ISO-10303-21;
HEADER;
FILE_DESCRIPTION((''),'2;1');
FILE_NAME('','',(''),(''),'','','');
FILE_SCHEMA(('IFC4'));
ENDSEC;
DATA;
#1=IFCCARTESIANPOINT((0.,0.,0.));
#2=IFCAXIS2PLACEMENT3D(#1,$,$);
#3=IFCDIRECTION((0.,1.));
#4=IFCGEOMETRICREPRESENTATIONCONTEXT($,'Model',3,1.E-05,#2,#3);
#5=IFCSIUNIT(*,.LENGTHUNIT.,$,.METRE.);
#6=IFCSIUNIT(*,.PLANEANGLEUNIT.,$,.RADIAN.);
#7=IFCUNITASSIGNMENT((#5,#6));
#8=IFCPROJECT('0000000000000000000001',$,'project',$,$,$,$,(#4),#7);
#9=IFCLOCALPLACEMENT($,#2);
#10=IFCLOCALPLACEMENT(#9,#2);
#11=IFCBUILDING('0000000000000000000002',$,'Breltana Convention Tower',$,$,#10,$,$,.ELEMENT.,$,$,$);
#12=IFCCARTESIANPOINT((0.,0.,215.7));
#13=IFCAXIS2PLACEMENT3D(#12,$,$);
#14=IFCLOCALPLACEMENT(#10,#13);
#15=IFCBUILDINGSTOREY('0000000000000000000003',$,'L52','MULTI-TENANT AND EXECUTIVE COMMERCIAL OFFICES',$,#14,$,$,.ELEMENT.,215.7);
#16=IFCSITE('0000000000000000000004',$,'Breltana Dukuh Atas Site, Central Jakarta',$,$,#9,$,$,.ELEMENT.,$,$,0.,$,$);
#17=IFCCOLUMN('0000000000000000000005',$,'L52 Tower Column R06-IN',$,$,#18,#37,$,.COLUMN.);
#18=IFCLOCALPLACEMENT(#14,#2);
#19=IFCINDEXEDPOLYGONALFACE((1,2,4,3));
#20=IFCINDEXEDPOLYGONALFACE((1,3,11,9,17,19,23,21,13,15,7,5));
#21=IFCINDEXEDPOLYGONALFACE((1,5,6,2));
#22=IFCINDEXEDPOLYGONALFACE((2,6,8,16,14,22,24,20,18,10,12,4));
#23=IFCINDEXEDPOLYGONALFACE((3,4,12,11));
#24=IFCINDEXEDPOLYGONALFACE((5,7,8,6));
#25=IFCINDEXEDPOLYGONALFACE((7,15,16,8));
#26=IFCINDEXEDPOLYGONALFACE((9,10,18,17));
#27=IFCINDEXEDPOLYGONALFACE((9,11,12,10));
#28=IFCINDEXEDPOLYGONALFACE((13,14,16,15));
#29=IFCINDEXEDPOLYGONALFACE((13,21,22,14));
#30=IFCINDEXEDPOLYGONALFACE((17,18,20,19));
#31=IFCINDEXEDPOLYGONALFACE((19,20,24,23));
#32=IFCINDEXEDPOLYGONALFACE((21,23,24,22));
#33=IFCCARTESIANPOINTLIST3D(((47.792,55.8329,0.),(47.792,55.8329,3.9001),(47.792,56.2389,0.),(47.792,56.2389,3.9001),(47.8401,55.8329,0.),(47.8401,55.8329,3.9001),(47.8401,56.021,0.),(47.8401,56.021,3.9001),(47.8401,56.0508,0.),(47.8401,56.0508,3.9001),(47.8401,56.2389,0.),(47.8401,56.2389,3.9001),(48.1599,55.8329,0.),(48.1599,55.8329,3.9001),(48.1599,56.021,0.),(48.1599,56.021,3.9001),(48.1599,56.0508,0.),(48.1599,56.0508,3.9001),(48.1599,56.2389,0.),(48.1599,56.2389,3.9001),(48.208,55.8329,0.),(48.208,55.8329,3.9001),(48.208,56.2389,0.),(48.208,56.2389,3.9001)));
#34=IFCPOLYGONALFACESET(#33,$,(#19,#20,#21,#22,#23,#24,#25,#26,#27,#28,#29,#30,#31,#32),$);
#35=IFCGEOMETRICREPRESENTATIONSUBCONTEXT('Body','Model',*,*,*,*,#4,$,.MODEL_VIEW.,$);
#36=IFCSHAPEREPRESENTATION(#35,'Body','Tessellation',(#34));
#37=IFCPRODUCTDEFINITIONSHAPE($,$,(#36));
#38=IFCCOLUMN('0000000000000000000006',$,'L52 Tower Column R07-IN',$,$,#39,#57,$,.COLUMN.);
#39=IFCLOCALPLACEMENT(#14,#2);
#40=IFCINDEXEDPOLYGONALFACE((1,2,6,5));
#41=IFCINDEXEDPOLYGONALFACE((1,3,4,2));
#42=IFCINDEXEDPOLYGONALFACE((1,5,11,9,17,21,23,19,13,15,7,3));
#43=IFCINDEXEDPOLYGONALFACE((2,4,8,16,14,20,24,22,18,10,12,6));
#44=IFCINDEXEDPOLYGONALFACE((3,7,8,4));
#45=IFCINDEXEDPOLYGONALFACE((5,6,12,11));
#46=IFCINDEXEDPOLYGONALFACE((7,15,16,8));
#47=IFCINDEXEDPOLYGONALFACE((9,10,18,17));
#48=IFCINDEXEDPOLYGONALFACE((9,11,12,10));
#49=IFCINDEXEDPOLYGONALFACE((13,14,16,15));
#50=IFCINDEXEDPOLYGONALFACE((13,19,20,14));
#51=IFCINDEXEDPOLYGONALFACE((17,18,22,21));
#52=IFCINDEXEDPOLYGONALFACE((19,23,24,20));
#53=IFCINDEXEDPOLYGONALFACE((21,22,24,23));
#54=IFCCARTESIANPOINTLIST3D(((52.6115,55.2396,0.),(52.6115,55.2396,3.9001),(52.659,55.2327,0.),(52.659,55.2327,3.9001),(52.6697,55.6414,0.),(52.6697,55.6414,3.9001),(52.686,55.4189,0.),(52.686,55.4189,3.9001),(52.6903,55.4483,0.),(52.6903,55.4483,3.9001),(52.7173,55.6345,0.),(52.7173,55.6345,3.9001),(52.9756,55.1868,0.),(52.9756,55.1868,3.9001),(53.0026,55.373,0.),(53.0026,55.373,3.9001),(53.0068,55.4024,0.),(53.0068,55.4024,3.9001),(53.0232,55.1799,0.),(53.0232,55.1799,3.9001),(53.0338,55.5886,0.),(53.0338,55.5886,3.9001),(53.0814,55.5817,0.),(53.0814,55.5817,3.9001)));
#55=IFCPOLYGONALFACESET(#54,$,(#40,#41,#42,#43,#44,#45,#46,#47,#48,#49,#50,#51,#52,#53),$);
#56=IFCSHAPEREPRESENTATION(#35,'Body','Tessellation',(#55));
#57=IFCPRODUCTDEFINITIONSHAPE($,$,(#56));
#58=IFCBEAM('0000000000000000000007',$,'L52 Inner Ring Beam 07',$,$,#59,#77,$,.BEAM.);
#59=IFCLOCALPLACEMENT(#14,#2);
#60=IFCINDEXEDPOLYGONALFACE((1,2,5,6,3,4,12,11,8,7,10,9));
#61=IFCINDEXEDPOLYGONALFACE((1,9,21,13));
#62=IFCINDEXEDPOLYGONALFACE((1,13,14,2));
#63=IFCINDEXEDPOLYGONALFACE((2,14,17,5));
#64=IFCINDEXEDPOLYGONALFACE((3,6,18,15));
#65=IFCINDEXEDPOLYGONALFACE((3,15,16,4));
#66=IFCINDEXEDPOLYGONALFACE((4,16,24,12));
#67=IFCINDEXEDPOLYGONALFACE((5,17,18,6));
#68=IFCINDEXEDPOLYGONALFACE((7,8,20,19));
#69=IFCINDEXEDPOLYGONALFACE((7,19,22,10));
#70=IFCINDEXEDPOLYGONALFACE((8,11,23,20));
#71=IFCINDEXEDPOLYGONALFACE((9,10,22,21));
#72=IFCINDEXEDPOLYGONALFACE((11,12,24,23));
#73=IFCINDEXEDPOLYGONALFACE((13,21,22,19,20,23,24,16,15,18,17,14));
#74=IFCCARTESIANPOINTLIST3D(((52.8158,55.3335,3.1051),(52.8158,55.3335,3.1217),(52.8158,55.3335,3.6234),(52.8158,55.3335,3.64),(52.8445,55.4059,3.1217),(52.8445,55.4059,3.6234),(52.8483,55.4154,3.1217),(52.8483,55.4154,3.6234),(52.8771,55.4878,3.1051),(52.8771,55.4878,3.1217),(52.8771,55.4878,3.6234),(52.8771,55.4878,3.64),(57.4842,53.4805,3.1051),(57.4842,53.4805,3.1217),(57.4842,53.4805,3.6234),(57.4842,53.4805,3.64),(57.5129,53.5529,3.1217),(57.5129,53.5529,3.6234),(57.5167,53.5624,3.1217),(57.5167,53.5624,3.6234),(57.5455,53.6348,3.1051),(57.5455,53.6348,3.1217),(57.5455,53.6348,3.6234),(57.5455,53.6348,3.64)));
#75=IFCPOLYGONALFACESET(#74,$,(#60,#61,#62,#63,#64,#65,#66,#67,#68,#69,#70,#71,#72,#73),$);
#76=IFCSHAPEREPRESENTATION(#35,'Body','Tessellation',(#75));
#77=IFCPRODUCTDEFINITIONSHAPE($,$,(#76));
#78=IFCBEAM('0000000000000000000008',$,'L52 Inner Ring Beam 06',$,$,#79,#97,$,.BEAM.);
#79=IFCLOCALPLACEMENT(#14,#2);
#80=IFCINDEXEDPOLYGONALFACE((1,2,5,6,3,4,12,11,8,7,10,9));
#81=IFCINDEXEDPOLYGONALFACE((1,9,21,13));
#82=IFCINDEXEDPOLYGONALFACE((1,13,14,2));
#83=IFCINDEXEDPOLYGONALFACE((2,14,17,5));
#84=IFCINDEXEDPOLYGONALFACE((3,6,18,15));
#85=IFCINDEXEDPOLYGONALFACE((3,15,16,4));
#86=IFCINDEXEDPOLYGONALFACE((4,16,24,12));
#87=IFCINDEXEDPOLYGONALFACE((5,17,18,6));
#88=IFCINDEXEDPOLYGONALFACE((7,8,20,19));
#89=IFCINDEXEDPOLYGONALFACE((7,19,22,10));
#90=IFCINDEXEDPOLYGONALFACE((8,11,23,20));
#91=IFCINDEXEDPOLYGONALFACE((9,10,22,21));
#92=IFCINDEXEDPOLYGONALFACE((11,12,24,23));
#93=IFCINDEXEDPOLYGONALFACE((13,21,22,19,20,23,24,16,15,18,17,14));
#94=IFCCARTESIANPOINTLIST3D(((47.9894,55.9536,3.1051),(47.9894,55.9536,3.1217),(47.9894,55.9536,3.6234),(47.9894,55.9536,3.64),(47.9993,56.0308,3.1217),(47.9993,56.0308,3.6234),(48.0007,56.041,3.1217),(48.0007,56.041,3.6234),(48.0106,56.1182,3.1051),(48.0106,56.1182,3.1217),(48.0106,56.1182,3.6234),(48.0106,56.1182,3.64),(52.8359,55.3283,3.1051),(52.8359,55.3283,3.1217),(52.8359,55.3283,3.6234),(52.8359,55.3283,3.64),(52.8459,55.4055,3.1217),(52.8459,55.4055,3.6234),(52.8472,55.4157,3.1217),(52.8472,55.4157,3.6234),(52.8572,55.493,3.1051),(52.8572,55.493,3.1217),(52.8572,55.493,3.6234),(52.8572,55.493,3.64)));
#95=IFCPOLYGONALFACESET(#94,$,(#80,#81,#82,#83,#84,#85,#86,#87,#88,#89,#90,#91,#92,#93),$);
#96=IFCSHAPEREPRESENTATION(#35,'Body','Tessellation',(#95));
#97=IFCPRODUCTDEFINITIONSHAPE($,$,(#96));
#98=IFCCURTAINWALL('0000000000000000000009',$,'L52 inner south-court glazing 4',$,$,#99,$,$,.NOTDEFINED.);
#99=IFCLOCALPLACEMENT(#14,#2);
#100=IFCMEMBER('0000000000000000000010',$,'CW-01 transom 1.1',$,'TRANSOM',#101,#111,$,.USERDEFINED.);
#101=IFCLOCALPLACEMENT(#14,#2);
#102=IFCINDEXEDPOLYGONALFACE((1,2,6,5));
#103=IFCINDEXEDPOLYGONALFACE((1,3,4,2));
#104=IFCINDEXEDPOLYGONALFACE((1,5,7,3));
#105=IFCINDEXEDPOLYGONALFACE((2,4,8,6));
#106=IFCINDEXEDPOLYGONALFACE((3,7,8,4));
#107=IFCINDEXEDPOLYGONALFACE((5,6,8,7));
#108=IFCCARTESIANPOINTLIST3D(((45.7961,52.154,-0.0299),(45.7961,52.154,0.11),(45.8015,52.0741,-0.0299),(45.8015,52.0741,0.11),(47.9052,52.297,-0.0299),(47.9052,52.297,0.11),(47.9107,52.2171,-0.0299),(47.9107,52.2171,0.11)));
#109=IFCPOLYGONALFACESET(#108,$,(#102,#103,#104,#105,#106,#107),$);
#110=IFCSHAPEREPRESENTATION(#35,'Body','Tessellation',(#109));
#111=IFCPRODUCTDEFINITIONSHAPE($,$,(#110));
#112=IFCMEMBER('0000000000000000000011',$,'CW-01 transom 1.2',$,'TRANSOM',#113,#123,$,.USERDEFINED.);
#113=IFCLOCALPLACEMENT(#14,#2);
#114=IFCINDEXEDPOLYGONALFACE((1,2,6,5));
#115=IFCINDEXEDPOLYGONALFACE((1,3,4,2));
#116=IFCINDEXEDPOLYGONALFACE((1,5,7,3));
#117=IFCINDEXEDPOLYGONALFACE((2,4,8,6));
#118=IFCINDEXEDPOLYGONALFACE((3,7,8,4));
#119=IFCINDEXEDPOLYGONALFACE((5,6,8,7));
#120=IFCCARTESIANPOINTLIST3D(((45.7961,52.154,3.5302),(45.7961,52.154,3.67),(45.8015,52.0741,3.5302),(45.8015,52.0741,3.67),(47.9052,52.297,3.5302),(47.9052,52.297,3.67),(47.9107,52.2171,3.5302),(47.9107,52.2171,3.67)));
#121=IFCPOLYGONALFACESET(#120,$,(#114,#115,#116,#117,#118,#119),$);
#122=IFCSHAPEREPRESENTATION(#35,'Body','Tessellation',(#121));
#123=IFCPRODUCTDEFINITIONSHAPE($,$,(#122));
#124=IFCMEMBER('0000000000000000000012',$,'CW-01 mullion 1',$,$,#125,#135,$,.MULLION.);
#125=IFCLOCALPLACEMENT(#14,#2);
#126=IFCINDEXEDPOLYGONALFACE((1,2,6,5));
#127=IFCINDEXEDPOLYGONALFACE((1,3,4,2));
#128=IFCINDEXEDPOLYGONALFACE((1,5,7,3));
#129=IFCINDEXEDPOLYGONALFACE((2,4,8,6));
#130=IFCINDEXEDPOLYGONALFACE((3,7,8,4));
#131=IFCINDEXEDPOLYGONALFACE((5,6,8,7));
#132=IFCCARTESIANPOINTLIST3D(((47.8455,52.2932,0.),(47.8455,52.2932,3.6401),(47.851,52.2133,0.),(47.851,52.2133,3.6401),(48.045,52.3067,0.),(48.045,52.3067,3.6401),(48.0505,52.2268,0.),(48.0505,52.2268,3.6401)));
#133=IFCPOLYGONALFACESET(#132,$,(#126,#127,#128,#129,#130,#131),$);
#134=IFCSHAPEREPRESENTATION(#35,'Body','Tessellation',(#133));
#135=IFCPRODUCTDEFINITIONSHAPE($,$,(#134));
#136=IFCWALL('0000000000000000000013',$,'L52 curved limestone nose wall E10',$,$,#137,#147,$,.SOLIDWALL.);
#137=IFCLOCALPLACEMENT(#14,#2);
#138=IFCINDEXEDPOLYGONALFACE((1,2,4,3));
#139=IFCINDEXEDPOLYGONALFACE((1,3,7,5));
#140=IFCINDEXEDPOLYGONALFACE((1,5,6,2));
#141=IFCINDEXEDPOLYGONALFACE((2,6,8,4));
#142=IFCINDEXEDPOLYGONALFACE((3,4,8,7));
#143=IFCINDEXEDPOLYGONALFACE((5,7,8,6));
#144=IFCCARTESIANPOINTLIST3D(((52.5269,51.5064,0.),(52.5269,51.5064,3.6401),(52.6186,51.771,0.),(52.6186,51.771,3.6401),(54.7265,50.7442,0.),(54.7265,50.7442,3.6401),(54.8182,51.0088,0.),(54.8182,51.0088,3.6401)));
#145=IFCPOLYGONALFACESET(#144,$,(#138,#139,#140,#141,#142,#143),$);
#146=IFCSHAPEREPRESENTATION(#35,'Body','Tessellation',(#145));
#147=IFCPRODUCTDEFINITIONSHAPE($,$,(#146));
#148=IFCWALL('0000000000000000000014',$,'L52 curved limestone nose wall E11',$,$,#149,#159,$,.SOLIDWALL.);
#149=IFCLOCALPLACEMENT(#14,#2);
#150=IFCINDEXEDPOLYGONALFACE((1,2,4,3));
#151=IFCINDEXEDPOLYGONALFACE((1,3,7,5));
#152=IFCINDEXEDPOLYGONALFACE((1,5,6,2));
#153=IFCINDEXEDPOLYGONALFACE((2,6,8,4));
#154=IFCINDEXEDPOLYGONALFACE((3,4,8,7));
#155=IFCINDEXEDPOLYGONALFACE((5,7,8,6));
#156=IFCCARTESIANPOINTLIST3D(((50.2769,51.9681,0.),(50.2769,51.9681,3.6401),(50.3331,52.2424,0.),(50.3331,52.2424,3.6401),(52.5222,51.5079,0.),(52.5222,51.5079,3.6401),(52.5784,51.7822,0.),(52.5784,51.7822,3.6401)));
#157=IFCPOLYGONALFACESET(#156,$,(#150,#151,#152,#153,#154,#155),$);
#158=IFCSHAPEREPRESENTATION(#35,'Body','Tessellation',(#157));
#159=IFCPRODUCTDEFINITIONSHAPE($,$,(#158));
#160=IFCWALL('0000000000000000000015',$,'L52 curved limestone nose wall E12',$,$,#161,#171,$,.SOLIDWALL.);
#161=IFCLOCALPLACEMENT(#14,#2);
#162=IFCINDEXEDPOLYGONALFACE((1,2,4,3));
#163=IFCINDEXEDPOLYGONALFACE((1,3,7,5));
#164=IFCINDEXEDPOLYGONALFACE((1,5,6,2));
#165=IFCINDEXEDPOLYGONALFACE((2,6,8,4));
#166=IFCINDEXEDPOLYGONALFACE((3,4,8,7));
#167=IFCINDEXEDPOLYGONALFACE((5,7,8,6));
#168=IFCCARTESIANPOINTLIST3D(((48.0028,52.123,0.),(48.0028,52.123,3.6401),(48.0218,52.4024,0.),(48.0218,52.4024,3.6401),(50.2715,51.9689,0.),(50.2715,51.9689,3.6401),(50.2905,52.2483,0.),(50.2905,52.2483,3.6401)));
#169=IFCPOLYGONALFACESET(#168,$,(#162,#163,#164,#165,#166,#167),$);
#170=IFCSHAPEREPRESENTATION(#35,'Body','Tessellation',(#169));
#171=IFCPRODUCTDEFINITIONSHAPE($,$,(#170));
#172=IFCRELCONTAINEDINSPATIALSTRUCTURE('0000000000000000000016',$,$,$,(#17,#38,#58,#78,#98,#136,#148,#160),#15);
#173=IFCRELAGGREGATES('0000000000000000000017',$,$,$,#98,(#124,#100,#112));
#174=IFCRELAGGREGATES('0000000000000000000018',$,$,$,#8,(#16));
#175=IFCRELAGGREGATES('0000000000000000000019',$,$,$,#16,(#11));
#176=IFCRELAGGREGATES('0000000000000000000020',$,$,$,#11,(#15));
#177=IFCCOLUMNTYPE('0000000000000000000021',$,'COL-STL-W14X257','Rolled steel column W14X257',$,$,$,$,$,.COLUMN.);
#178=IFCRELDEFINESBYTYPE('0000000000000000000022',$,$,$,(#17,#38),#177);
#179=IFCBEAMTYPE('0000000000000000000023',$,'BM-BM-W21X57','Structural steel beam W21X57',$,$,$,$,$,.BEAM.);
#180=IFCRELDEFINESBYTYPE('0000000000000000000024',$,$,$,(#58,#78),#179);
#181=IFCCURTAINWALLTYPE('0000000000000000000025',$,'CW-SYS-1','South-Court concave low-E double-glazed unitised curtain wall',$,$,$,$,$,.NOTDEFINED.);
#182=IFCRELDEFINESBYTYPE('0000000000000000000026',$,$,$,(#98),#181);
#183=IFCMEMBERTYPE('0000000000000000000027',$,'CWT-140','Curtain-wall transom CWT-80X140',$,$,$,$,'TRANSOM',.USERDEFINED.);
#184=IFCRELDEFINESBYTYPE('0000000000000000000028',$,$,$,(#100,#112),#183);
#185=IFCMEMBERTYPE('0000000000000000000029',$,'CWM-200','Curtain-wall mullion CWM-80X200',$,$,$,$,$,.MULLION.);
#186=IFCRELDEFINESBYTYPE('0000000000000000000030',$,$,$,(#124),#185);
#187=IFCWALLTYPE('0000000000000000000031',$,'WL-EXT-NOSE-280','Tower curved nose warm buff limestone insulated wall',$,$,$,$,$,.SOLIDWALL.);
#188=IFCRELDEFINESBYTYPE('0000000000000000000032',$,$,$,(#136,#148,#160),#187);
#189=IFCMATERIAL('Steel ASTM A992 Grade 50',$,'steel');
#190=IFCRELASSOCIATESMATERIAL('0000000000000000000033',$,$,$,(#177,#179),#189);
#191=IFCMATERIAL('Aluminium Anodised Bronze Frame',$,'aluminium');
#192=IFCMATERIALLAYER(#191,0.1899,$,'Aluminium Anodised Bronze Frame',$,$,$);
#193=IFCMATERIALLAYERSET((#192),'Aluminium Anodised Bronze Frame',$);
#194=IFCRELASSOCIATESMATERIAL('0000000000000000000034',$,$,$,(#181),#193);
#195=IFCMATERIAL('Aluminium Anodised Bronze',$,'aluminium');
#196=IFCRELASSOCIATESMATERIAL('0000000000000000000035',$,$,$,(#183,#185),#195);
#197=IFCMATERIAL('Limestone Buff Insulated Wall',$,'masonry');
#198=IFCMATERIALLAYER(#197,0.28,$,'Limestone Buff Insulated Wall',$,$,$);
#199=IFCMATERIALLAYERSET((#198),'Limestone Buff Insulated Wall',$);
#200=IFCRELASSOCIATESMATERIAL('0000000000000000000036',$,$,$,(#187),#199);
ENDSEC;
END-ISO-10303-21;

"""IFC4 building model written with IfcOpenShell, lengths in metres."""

from ifc_helpers import new_model, si_unit, direction, frame, frame_2d, origin, origin_2d, place, context, subcontext, project, spatial, rectangle, i_section, extrude, source, transform, mapped, material, layer, layer_set, material_profile, profile_set, type_object, element, aggregate, save


model = new_model("IFC4")

# Units and contexts
model_context = context("Model", 3, precision=1e-05, world=origin(), true_north=direction((0.0, 1.0)))
body_context = subcontext(model_context, "Body", "Model", "MODEL_VIEW")
ifc_project = project(units=[si_unit("LENGTHUNIT", "METRE"), si_unit("PLANEANGLEUNIT", "RADIAN")], contexts=[model_context])

# Site, building, storey
site_placement = place(None, origin())
site = spatial("IfcSite", under=ifc_project, at=site_placement, Name="Breltana Dukuh Atas Site, Central Jakarta", CompositionType="ELEMENT", RefElevation=0.0)
building_placement = place(site_placement, origin())
building = spatial("IfcBuilding", under=site, at=building_placement, Name="Breltana Convention Tower", CompositionType="ELEMENT")
storey_placement = place(building_placement, frame((0.0, 0.0, 215.7)))
storey = spatial("IfcBuildingStorey", under=building, at=storey_placement, Name="L52", Description="MULTI-TENANT AND EXECUTIVE COMMERCIAL OFFICES", CompositionType="ELEMENT", Elevation=215.7)

# Columns
ifc_material_1 = material(Name="Steel ASTM A992 Grade 50", Category="steel")
ifc_material_profile_1 = material_profile(ifc_material_1, i_section(OverallWidth=0.406, OverallDepth=0.416, WebThickness=0.0298, FlangeThickness=0.0481, at=origin_2d()), Name="W14X257")
ifc_profile_set_1 = profile_set([ifc_material_profile_1], Name="Steel ASTM A992 Grade 50")
column_type = type_object("IfcColumnType", Name="COL-STL-W14X257", Description="Rolled steel column W14X257", PredefinedType="COLUMN", material=ifc_profile_set_1)
shared_shape_1 = source(origin(), body_context, "Body", "SweptSolid", [
    extrude(i_section(OverallWidth=0.406, OverallDepth=0.416, WebThickness=0.0298, FlangeThickness=0.0481, at=origin_2d()), origin(), (0.0, 0.0, 1.0), 3.9001),
])
for number, where, z_axis, x_axis, name in (
    (1, (48.0, 56.0359, 0.0), (0.0, 0.0, 1.0), (0.0, 1.0, 0.0), "L52 Tower Column R06-IN"),
    (2, (52.8464, 55.4106, 0.0), (0.0, 0.0, 1.0), (0.143493, 0.989651, 0.0), "L52 Tower Column R07-IN"),
):
    element("IfcColumn", number, at=place(storey_placement, frame(where, z_axis=z_axis, x_axis=x_axis)), inside=storey, type_object=column_type, Name=name, PredefinedType="COLUMN", context=body_context, shape_type="MappedRepresentation", body=[
        mapped(shared_shape_1, transform((0.0, 0.0, 0.0), scale=1.0)),
    ])

# Beams
ifc_material_profile_2 = material_profile(ifc_material_1, i_section(OverallWidth=0.166, OverallDepth=0.5349, WebThickness=0.0103, FlangeThickness=0.0166, at=origin_2d()), Name="W21X57")
ifc_profile_set_2 = profile_set([ifc_material_profile_2], Name="Steel ASTM A992 Grade 50")
beam_type = type_object("IfcBeamType", Name="BM-BM-W21X57", Description="Structural steel beam W21X57", PredefinedType="BEAM", material=ifc_profile_set_2)
shared_shape_2 = source(origin(), body_context, "Body", "SweptSolid", [
    extrude(i_section(OverallWidth=0.166, OverallDepth=0.5349, WebThickness=0.0103, FlangeThickness=0.0166, at=origin_2d()), origin(), (0.0, 0.0, 1.0), 5.0227),
])
beam_1_placement = place(storey_placement, frame((52.8464, 55.4106, 3.3726), z_axis=(0.929459, -0.368926, 0.0), x_axis=(0.368926, 0.929459, 0.0)))
element("IfcBeam", 3, at=beam_1_placement, inside=storey, type_object=beam_type, Name="L52 Inner Ring Beam 07", PredefinedType="BEAM", context=body_context, shape_type="MappedRepresentation", body=[
    mapped(shared_shape_2, transform((0.0, 0.0, 0.0), scale=1.0)),
])
shared_shape_3 = source(origin(), body_context, "Body", "SweptSolid", [
    extrude(i_section(OverallWidth=0.166, OverallDepth=0.5349, WebThickness=0.0103, FlangeThickness=0.0166, at=origin_2d()), origin(), (0.0, 0.0, 1.0), 4.8867),
])
beam_2_placement = place(storey_placement, frame((48.0, 56.0359, 3.3726), z_axis=(0.991781, -0.127951, 0.0), x_axis=(0.127951, 0.991781, 0.0)))
element("IfcBeam", 4, at=beam_2_placement, inside=storey, type_object=beam_type, Name="L52 Inner Ring Beam 06", PredefinedType="BEAM", context=body_context, shape_type="MappedRepresentation", body=[
    mapped(shared_shape_3, transform((0.0, 0.0, 0.0), scale=1.0)),
])

# Curtain wall, members
ifc_material_2 = material(Name="Aluminium Anodised Bronze Frame", Category="aluminium")
ifc_layer_1 = layer(ifc_material_2, 0.1899, Name="Aluminium Anodised Bronze Frame")
ifc_layer_set_1 = layer_set([ifc_layer_1], Name="Aluminium Anodised Bronze Frame")
curtain_wall_type = type_object("IfcCurtainWallType", Name="CW-SYS-1", Description="South-Court concave low-E double-glazed unitised curtain wall", PredefinedType="NOTDEFINED", material=ifc_layer_set_1)
curtain_wall_placement = place(storey_placement, origin())
curtain_wall = element("IfcCurtainWall", 5, at=curtain_wall_placement, inside=storey, type_object=curtain_wall_type, Name="L52 inner south-court glazing 4", PredefinedType="NOTDEFINED")
ifc_material_3 = material(Name="Aluminium Anodised Bronze", Category="aluminium")
ifc_material_profile_3 = material_profile(ifc_material_3, rectangle(XDim=0.0801, YDim=0.1399, at=origin_2d()), Name="CWT-80X140")
ifc_profile_set_3 = profile_set([ifc_material_profile_3], Name="Aluminium Anodised Bronze")
member_type_1 = type_object("IfcMemberType", Name="CWT-140", Description="Curtain-wall transom CWT-80X140", ElementType="TRANSOM", PredefinedType="USERDEFINED", material=ifc_profile_set_3)
shared_shape_4 = source(origin(), body_context, "Body", "SweptSolid", [
    extrude(rectangle(XDim=0.0801, YDim=0.1399, at=origin_2d()), origin(), (0.0, 0.0, 1.0), 2.114),
])
member_1_placement = place(storey_placement, frame((47.908, 52.2571, 0.04), z_axis=(-0.997707, -0.067676, 0.0), x_axis=(0.067676, -0.997707, 0.0)))
member_1 = element("IfcMember", 6, at=member_1_placement, type_object=member_type_1, Name="CW-01 transom 1.1", ObjectType="TRANSOM", PredefinedType="USERDEFINED", context=body_context, shape_type="MappedRepresentation", body=[
    mapped(shared_shape_4, transform((0.0, 0.0, 0.0), scale=1.0)),
])
member_2_placement = place(storey_placement, frame((47.908, 52.2571, 3.6001), z_axis=(-0.997707, -0.067676, 0.0), x_axis=(0.067676, -0.997707, 0.0)))
member_2 = element("IfcMember", 7, at=member_2_placement, type_object=member_type_1, Name="CW-01 transom 1.2", ObjectType="TRANSOM", PredefinedType="USERDEFINED", context=body_context, shape_type="MappedRepresentation", body=[
    mapped(shared_shape_4, transform((0.0, 0.0, 0.0), scale=1.0)),
])
ifc_material_profile_4 = material_profile(ifc_material_3, rectangle(XDim=0.0801, YDim=0.2, at=origin_2d()), Name="CWM-80X200")
ifc_profile_set_4 = profile_set([ifc_material_profile_4], Name="Aluminium Anodised Bronze")
member_type_2 = type_object("IfcMemberType", Name="CWM-200", Description="Curtain-wall mullion CWM-80X200", PredefinedType="MULLION", material=ifc_profile_set_4)
shared_shape_5 = source(origin(), body_context, "Body", "SweptSolid", [
    extrude(rectangle(XDim=0.0801, YDim=0.2, at=origin_2d()), origin(), (0.0, 0.0, 1.0), 3.6401),
])
member_3_placement = place(storey_placement, frame((47.948, 52.26, 0.0), z_axis=(0.0, 0.0, 1.0), x_axis=(0.067724, -0.997704, 0.0)))
member_3 = element("IfcMember", 8, at=member_3_placement, type_object=member_type_2, Name="CW-01 mullion 1", PredefinedType="MULLION", context=body_context, shape_type="MappedRepresentation", body=[
    mapped(shared_shape_5, transform((0.0, 0.0, 0.0), scale=1.0)),
])
aggregate(curtain_wall, [member_3, member_1, member_2])

# Walls
ifc_material_4 = material(Name="Limestone Buff Insulated Wall", Category="masonry")
ifc_layer_2 = layer(ifc_material_4, 0.28, Name="Limestone Buff Insulated Wall")
ifc_layer_set_2 = layer_set([ifc_layer_2], Name="Limestone Buff Insulated Wall")
wall_type_1 = type_object("IfcWallType", Name="WL-EXT-NOSE-280", Description="Tower curved nose warm buff limestone insulated wall", PredefinedType="SOLIDWALL", material=ifc_layer_set_2)
shared_shape_6 = source(origin(), body_context, "Body", "SweptSolid", [
    extrude(rectangle(XDim=2.3279, YDim=0.28, at=frame_2d((1.1641, 0.0))), origin(), (0.0, 0.0, 1.0), 3.6401),
])
wall_1_placement = place(storey_placement, frame((54.7725, 50.8765, 0.0), z_axis=(0.0, 0.0, 1.0), x_axis=(-0.944873, 0.327438, 0.0)))
element("IfcWall", 9, at=wall_1_placement, inside=storey, type_object=wall_type_1, Name="L52 curved limestone nose wall E10", PredefinedType="SOLIDWALL", context=body_context, shape_type="MappedRepresentation", body=[
    mapped(shared_shape_6, transform((0.0, 0.0, 0.0), scale=1.0)),
])
shared_shape_7 = source(origin(), body_context, "Body", "SweptSolid", [
    extrude(rectangle(XDim=2.292, YDim=0.28, at=frame_2d((1.146, 0.0))), origin(), (0.0, 0.0, 1.0), 3.6401),
])
wall_2_placement = place(storey_placement, frame((52.5503, 51.645, 0.0), z_axis=(0.0, 0.0, 1.0), x_axis=(-0.979635, 0.200784, 0.0)))
element("IfcWall", 10, at=wall_2_placement, inside=storey, type_object=wall_type_1, Name="L52 curved limestone nose wall E11", PredefinedType="SOLIDWALL", context=body_context, shape_type="MappedRepresentation", body=[
    mapped(shared_shape_7, transform((0.0, 0.0, 0.0), scale=1.0)),
])
shared_shape_8 = source(origin(), body_context, "Body", "SweptSolid", [
    extrude(rectangle(XDim=2.2739, YDim=0.28, at=frame_2d((1.137, 0.0))), origin(), (0.0, 0.0, 1.0), 3.6401),
])
wall_3_placement = place(storey_placement, frame((50.281, 52.1086, 0.0), z_axis=(0.0, 0.0, 1.0), x_axis=(-0.997703, 0.067745, 0.0)))
element("IfcWall", 11, at=wall_3_placement, inside=storey, type_object=wall_type_1, Name="L52 curved limestone nose wall E12", PredefinedType="SOLIDWALL", context=body_context, shape_type="MappedRepresentation", body=[
    mapped(shared_shape_8, transform((0.0, 0.0, 0.0), scale=1.0)),
])

save(model, "model.ifc")
